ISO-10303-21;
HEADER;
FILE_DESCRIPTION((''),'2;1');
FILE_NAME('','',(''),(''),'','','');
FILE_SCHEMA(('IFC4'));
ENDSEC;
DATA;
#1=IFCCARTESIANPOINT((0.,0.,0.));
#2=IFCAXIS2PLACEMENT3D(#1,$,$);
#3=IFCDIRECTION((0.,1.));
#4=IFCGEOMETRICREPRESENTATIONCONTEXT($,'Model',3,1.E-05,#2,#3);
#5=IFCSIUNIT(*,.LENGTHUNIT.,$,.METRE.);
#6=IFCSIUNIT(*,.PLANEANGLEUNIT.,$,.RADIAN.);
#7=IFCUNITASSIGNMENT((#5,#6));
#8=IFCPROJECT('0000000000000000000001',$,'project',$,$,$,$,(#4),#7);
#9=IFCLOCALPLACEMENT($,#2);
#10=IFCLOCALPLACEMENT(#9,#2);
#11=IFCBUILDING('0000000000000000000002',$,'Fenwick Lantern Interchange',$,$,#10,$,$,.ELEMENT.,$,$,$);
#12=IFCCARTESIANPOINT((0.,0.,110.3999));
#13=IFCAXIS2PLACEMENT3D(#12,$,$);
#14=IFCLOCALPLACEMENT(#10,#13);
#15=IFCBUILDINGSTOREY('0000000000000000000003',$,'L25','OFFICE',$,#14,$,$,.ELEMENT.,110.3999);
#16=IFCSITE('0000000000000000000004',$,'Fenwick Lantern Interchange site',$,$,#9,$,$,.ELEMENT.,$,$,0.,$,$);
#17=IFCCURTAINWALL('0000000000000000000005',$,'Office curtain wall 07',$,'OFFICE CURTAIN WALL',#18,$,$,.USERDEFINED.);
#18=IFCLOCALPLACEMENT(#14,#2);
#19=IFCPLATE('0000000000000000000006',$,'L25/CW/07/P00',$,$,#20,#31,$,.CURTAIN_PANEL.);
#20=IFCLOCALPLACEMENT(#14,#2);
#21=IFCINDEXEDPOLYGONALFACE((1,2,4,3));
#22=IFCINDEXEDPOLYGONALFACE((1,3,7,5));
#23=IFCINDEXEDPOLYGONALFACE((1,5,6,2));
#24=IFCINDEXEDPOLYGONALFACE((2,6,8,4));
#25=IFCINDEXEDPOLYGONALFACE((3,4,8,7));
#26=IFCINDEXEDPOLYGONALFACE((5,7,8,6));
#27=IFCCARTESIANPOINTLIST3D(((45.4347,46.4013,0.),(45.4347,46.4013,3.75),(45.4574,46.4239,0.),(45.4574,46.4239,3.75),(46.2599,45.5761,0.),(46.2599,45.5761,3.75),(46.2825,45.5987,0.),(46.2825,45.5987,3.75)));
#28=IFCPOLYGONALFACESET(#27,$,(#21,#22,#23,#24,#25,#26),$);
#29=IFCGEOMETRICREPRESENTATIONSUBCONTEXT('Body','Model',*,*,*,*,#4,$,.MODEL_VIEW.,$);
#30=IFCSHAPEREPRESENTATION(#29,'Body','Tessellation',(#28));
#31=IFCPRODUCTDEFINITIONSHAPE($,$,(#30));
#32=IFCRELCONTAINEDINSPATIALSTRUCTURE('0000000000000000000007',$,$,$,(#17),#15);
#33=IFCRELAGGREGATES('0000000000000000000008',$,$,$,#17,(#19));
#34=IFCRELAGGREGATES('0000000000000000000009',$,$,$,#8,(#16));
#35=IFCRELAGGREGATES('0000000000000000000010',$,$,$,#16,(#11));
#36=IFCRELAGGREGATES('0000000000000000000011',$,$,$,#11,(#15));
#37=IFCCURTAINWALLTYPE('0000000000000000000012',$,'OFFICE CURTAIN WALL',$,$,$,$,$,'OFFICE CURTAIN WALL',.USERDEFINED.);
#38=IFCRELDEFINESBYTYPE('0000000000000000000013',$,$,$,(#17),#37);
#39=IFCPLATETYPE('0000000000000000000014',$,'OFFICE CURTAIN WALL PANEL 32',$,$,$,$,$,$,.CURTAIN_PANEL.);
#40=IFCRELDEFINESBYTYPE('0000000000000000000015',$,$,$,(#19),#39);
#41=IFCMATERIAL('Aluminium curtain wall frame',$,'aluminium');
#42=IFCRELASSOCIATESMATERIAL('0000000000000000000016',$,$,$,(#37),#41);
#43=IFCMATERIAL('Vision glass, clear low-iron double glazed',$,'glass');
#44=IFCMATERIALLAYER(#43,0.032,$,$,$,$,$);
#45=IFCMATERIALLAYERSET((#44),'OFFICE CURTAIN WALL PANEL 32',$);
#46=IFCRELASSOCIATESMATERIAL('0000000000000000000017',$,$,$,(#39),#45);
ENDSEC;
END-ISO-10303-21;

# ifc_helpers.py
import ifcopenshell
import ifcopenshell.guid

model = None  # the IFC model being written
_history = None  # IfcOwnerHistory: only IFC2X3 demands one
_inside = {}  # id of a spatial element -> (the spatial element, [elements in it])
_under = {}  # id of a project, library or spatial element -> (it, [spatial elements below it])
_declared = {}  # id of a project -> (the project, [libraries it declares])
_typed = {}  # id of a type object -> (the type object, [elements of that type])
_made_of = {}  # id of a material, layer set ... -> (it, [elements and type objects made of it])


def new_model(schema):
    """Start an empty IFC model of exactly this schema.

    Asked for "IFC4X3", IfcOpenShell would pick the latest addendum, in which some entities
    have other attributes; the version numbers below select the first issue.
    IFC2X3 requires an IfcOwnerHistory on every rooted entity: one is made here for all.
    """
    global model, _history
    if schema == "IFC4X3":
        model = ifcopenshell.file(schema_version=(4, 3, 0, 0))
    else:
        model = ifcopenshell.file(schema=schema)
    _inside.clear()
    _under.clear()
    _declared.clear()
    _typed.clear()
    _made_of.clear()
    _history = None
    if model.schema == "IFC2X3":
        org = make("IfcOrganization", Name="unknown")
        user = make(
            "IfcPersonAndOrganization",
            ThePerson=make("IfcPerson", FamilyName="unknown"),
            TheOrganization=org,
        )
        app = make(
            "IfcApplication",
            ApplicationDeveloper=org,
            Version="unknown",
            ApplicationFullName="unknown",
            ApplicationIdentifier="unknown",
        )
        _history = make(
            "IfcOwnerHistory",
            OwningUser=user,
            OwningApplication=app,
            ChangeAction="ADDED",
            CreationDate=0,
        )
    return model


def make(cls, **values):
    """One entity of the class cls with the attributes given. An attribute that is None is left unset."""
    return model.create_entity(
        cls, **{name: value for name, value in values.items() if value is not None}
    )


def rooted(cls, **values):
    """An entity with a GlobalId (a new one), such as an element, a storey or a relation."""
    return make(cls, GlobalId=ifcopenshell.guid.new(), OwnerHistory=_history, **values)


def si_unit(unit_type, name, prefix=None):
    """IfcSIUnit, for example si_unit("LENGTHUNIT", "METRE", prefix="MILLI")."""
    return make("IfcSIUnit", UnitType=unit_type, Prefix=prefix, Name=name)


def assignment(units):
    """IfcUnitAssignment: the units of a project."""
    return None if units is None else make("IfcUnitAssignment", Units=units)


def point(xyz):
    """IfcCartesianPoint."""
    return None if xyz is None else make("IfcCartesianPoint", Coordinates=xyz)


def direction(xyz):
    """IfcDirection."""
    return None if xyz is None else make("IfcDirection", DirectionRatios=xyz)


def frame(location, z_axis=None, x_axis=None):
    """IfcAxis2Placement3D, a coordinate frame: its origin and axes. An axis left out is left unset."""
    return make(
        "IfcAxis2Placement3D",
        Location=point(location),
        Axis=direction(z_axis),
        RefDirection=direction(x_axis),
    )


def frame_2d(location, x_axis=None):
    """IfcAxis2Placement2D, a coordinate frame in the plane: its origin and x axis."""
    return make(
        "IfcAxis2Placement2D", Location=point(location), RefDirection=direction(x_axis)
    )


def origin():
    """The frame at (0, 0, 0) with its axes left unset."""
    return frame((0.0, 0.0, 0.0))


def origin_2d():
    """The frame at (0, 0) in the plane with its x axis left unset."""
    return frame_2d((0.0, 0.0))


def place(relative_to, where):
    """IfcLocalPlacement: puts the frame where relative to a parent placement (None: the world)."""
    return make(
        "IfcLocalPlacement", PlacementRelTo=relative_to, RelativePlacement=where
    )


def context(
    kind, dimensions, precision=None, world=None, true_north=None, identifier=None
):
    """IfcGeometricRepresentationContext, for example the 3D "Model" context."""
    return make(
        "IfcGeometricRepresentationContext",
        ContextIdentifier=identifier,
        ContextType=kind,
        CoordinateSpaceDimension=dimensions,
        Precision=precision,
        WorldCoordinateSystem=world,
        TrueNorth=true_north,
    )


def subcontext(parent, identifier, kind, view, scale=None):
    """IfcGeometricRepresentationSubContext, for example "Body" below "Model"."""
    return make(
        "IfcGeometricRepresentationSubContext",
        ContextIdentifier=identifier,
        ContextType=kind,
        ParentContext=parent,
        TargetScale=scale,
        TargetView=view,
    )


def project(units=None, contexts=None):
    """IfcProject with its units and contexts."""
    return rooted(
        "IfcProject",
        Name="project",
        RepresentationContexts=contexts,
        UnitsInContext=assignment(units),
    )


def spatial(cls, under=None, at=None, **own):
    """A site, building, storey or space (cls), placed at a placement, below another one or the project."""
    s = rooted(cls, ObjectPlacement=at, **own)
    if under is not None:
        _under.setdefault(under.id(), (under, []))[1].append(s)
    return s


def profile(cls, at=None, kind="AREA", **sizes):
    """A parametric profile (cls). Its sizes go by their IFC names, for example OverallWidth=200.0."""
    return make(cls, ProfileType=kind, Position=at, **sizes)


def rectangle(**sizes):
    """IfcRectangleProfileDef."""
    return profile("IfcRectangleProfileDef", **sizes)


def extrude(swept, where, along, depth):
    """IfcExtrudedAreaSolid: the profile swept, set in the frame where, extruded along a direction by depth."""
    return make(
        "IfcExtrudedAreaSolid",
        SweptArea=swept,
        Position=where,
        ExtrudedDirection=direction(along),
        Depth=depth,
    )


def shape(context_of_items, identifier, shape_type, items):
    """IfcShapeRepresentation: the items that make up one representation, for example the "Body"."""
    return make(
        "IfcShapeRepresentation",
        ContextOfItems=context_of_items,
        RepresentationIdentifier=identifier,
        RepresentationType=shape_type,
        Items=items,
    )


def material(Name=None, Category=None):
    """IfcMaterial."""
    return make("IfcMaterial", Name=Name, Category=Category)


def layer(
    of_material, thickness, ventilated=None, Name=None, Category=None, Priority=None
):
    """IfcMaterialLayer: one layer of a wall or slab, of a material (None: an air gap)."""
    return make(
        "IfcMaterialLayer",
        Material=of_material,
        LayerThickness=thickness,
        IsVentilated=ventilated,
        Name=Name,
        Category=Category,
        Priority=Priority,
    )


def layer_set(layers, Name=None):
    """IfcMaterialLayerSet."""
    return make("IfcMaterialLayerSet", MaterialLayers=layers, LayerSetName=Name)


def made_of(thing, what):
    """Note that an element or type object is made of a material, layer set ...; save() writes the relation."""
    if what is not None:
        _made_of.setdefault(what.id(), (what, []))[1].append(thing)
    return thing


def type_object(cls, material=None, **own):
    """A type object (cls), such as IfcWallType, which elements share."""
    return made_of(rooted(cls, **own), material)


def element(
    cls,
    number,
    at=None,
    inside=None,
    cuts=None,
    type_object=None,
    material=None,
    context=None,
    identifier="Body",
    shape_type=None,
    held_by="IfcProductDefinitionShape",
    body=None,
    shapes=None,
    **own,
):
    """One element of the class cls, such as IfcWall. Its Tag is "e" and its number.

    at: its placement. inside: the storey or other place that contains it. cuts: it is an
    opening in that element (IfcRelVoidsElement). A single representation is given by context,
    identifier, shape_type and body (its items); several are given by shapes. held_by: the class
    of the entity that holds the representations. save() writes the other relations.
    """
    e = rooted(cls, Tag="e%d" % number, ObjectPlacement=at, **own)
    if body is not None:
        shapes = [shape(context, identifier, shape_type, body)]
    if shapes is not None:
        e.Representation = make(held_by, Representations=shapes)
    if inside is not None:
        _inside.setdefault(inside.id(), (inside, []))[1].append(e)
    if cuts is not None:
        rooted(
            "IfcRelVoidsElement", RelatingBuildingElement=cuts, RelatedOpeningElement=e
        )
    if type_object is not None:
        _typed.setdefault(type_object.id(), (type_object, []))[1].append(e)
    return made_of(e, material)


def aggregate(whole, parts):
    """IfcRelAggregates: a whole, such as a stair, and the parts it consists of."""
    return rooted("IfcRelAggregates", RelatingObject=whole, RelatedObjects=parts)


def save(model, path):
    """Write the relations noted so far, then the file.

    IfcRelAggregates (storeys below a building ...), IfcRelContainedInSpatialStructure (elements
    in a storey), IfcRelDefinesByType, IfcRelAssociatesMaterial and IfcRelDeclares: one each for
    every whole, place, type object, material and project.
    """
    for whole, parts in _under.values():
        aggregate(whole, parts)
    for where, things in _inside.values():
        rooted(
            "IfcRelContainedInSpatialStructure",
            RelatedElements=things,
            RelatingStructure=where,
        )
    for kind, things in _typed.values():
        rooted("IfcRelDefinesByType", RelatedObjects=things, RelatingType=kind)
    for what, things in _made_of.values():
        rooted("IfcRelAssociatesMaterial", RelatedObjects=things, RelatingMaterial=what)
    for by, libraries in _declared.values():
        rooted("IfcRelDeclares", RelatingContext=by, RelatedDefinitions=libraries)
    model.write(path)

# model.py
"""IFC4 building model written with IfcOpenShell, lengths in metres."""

from ifc_helpers import new_model, si_unit, direction, frame, origin, origin_2d, place, context, subcontext, project, spatial, rectangle, extrude, material, layer, layer_set, type_object, element, aggregate, save


model = new_model("IFC4")

# Units and contexts
model_context = context("Model", 3, precision=1e-05, world=origin(), true_north=direction((0.0, 1.0)))
body_context = subcontext(model_context, "Body", "Model", "MODEL_VIEW")
ifc_project = project(units=[si_unit("LENGTHUNIT", "METRE"), si_unit("PLANEANGLEUNIT", "RADIAN")], contexts=[model_context])

# Site, building, storey
site_placement = place(None, origin())
site = spatial("IfcSite", under=ifc_project, at=site_placement, Name="Fenwick Lantern Interchange site", CompositionType="ELEMENT", RefElevation=0.0)
building_placement = place(site_placement, origin())
building = spatial("IfcBuilding", under=site, at=building_placement, Name="Fenwick Lantern Interchange", CompositionType="ELEMENT")
storey_placement = place(building_placement, frame((0.0, 0.0, 110.3999)))
storey = spatial("IfcBuildingStorey", under=building, at=storey_placement, Name="L25", Description="OFFICE", CompositionType="ELEMENT", Elevation=110.3999)

# Shared definitions
ifc_material_1 = material(Name="Aluminium curtain wall frame", Category="aluminium")
curtain_wall_type = type_object("IfcCurtainWallType", Name="OFFICE CURTAIN WALL", ElementType="OFFICE CURTAIN WALL", PredefinedType="USERDEFINED", material=ifc_material_1)

# Curtain wall
curtain_wall_1_placement = place(storey_placement, origin())
curtain_wall_1 = element("IfcCurtainWall", 1, at=curtain_wall_1_placement, inside=storey, type_object=curtain_wall_type, Name="Office curtain wall 07", ObjectType="OFFICE CURTAIN WALL", PredefinedType="USERDEFINED")

# Plate
ifc_material_2 = material(Name="Vision glass, clear low-iron double glazed", Category="glass")
ifc_layer_1 = layer(ifc_material_2, 0.032)
ifc_layer_set_1 = layer_set([ifc_layer_1], Name="OFFICE CURTAIN WALL PANEL 32")
plate_type = type_object("IfcPlateType", Name="OFFICE CURTAIN WALL PANEL 32", PredefinedType="CURTAIN_PANEL", material=ifc_layer_set_1)
plate_1_placement = place(storey_placement, frame((45.8586, 46.0, 0.0), z_axis=(0.0, 0.0, 1.0), x_axis=(-0.707107, 0.707107, 0.0)))
plate_1 = element("IfcPlate", 2, at=plate_1_placement, type_object=plate_type, Name="L25/CW/07/P00", PredefinedType="CURTAIN_PANEL", context=body_context, shape_type="SweptSolid", body=[
    extrude(rectangle(XDim=1.167, YDim=0.032, at=origin_2d()), origin(), (0.0, 0.0, 1.0), 3.75),
])
aggregate(curtain_wall_1, [plate_1])

save(model, "model.ifc")
